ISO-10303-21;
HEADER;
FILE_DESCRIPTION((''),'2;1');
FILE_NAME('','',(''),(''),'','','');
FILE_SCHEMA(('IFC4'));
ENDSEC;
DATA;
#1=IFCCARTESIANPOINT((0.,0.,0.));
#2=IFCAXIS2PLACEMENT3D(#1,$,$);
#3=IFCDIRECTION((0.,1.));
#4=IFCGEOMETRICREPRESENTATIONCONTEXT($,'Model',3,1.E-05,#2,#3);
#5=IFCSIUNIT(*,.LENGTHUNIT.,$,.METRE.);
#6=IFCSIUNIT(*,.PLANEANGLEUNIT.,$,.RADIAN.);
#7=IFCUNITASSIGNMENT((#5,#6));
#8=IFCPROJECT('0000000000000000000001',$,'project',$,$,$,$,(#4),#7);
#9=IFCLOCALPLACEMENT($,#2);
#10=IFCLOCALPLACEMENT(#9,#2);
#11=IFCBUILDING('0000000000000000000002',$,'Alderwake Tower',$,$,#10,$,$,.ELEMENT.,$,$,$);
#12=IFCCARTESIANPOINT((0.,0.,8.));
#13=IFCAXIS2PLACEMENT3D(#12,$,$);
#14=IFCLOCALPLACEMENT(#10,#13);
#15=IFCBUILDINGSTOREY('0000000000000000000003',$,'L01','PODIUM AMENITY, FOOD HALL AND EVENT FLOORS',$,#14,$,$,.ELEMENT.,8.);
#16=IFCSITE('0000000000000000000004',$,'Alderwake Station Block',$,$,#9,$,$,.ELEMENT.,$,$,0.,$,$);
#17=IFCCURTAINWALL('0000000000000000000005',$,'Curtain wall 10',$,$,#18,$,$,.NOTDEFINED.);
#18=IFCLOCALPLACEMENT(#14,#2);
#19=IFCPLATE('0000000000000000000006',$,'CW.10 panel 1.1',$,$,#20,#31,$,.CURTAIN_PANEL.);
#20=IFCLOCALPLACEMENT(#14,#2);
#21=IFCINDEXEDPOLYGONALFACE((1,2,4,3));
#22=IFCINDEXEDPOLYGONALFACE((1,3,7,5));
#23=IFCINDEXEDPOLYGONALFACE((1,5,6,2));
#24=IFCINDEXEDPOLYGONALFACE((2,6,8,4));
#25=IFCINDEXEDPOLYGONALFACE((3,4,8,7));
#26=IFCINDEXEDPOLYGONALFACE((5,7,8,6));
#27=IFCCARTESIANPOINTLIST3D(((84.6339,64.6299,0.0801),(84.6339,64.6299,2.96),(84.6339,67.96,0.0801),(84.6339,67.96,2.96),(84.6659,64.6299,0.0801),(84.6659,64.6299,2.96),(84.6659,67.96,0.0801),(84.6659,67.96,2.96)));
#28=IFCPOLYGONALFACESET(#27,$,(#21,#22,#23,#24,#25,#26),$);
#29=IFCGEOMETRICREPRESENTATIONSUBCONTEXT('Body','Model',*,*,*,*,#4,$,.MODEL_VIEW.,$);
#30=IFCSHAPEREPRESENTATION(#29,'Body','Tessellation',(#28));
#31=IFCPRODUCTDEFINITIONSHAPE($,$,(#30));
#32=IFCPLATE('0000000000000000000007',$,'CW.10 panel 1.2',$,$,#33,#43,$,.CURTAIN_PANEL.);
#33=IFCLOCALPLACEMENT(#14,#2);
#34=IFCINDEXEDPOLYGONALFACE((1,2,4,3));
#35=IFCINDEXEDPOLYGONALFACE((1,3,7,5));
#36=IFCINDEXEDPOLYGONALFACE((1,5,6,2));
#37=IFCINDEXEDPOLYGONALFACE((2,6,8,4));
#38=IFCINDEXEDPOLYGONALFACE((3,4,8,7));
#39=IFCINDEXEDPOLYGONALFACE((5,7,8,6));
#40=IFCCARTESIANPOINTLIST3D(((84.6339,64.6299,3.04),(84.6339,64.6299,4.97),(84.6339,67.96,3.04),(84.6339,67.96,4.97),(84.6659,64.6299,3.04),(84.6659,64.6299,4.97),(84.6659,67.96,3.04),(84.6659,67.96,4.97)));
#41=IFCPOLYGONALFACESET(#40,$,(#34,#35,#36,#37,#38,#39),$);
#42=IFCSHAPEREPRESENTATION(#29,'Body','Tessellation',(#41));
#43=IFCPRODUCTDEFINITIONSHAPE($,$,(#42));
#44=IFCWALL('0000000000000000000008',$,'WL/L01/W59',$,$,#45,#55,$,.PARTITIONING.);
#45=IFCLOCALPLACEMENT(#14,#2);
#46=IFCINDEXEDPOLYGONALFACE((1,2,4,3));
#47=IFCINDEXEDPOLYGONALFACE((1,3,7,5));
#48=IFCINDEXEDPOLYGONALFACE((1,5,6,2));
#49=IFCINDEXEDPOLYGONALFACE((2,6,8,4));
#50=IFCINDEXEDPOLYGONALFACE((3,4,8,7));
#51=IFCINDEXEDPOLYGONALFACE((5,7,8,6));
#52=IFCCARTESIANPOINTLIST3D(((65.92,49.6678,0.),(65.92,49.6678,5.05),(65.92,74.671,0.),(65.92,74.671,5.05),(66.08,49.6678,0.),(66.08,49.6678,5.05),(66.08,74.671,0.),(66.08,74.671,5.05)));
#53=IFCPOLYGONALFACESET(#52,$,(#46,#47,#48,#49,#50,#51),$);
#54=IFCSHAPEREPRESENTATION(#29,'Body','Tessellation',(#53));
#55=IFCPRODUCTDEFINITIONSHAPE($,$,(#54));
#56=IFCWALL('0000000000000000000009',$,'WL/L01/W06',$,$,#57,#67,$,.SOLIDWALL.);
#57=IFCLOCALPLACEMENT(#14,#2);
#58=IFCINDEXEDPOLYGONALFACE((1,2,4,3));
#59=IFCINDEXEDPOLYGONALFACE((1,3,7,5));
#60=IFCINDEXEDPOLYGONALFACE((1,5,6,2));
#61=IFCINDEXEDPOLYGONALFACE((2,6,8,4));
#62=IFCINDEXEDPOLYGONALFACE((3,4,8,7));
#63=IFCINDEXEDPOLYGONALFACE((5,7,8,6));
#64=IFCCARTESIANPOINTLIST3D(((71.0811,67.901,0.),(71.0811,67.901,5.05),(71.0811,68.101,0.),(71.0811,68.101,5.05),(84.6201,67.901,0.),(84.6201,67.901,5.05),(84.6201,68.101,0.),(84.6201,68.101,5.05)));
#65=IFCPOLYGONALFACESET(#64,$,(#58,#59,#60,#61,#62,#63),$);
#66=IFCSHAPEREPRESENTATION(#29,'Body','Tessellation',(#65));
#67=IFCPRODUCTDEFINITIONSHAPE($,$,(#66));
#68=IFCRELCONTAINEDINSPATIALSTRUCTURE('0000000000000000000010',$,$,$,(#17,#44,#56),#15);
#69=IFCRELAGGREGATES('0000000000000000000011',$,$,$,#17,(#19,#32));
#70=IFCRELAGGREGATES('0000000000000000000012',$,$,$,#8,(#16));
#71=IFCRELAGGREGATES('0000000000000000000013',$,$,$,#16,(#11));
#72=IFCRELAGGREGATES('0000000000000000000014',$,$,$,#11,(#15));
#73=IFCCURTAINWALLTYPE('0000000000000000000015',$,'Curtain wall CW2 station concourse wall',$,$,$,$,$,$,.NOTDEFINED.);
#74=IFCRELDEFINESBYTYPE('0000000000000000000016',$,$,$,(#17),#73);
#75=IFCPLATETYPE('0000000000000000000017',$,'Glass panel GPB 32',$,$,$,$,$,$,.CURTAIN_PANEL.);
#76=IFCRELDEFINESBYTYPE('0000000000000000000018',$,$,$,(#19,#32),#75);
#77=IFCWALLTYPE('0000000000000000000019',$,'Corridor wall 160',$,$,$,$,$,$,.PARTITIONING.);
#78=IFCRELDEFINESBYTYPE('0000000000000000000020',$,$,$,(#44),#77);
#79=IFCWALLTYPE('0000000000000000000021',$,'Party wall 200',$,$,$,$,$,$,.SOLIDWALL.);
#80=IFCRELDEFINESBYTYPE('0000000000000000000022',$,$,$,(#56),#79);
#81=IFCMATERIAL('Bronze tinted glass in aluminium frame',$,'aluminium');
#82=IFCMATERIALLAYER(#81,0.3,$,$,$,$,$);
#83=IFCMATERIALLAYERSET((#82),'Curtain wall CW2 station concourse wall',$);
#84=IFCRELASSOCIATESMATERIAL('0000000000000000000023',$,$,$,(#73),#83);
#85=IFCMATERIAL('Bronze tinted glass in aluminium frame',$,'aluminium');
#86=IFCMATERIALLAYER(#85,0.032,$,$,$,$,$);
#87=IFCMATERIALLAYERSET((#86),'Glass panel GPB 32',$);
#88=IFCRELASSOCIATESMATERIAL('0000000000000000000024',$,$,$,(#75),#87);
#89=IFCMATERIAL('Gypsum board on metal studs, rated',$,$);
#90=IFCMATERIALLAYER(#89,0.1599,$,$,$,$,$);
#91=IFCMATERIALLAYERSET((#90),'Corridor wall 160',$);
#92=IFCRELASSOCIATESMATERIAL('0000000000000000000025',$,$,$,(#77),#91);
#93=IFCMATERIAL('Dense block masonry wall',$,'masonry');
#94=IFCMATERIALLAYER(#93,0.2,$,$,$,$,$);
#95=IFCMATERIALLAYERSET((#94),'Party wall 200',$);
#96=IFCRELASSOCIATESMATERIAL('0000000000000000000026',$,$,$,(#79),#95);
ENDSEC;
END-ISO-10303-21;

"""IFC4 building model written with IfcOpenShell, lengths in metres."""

from ifc_helpers import new_model, si_unit, direction, frame, frame_2d, origin, origin_2d, place, context, subcontext, project, spatial, rectangle, extrude, material, layer, layer_set, type_object, element, aggregate, save


model = new_model("IFC4")

# Units and contexts
model_context = context("Model", 3, precision=1e-05, world=origin(), true_north=direction((0.0, 1.0)))
body_context = subcontext(model_context, "Body", "Model", "MODEL_VIEW")
ifc_project = project(units=[si_unit("LENGTHUNIT", "METRE"), si_unit("PLANEANGLEUNIT", "RADIAN")], contexts=[model_context])

# Site, building, storey
site_placement = place(None, origin())
site = spatial("IfcSite", under=ifc_project, at=site_placement, Name="Alderwake Station Block", CompositionType="ELEMENT", RefElevation=0.0)
building_placement = place(site_placement, origin())
building = spatial("IfcBuilding", under=site, at=building_placement, Name="Alderwake Tower", CompositionType="ELEMENT")
storey_placement = place(building_placement, frame((0.0, 0.0, 8.0)))
storey = spatial("IfcBuildingStorey", under=building, at=storey_placement, Name="L01", Description="PODIUM AMENITY, FOOD HALL AND EVENT FLOORS", CompositionType="ELEMENT", Elevation=8.0)

# Curtain wall, plates
ifc_material_1 = material(Name="Bronze tinted glass in aluminium frame", Category="aluminium")
ifc_layer_1 = layer(ifc_material_1, 0.3)
ifc_layer_set_1 = layer_set([ifc_layer_1], Name="Curtain wall CW2 station concourse wall")
curtain_wall_type = type_object("IfcCurtainWallType", Name="Curtain wall CW2 station concourse wall", PredefinedType="NOTDEFINED", material=ifc_layer_set_1)
curtain_wall_placement = place(storey_placement, origin())
curtain_wall = element("IfcCurtainWall", 1, at=curtain_wall_placement, inside=storey, type_object=curtain_wall_type, Name="Curtain wall 10", PredefinedType="NOTDEFINED")
ifc_material_2 = material(Name="Bronze tinted glass in aluminium frame", Category="aluminium")
ifc_layer_2 = layer(ifc_material_2, 0.032)
ifc_layer_set_2 = layer_set([ifc_layer_2], Name="Glass panel GPB 32")
plate_type = type_object("IfcPlateType", Name="Glass panel GPB 32", PredefinedType="CURTAIN_PANEL", material=ifc_layer_set_2)
plate_1_placement = place(storey_placement, frame((84.6499, 66.2949, 0.0801), z_axis=(0.0, 0.0, 1.0), x_axis=(0.0, 1.0, 0.0)))
plate_1 = element("IfcPlate", 2, at=plate_1_placement, type_object=plate_type, Name="CW.10 panel 1.1", PredefinedType="CURTAIN_PANEL", context=body_context, shape_type="SweptSolid", body=[
    extrude(rectangle(XDim=3.3301, YDim=0.032, at=origin_2d()), origin(), (0.0, 0.0, 1.0), 2.8799),
])
plate_2_placement = place(storey_placement, frame((84.6499, 66.2949, 3.04), z_axis=(0.0, 0.0, 1.0), x_axis=(0.0, 1.0, 0.0)))
plate_2 = element("IfcPlate", 3, at=plate_2_placement, type_object=plate_type, Name="CW.10 panel 1.2", PredefinedType="CURTAIN_PANEL", context=body_context, shape_type="SweptSolid", body=[
    extrude(rectangle(XDim=3.3301, YDim=0.032, at=origin_2d()), origin(), (0.0, 0.0, 1.0), 1.9299),
])
aggregate(curtain_wall, [plate_1, plate_2])

# Walls
ifc_material_3 = material(Name="Gypsum board on metal studs, rated")
ifc_layer_3 = layer(ifc_material_3, 0.1599)
ifc_layer_set_3 = layer_set([ifc_layer_3], Name="Corridor wall 160")
wall_type_1 = type_object("IfcWallType", Name="Corridor wall 160", PredefinedType="PARTITIONING", material=ifc_layer_set_3)
wall_1_placement = place(storey_placement, frame((66.0, 74.6709, 0.0), z_axis=(0.0, 0.0, 1.0), x_axis=(0.0, -1.0, 0.0)))
element("IfcWall", 4, at=wall_1_placement, inside=storey, type_object=wall_type_1, Name="WL/L01/W59", PredefinedType="PARTITIONING", context=body_context, shape_type="SweptSolid", body=[
    extrude(rectangle(XDim=25.0032, YDim=0.1599, at=frame_2d((12.5015, 0.0))), origin(), (0.0, 0.0, 1.0), 5.05),
])
ifc_material_4 = material(Name="Dense block masonry wall", Category="masonry")
ifc_layer_4 = layer(ifc_material_4, 0.2)
ifc_layer_set_4 = layer_set([ifc_layer_4], Name="Party wall 200")
wall_type_2 = type_object("IfcWallType", Name="Party wall 200", PredefinedType="SOLIDWALL", material=ifc_layer_set_4)
wall_2_placement = place(storey_placement, frame((84.6201, 68.001, 0.0), z_axis=(0.0, 0.0, 1.0), x_axis=(-1.0, 0.0, 0.0)))
element("IfcWall", 5, at=wall_2_placement, inside=storey, type_object=wall_type_2, Name="WL/L01/W06", PredefinedType="SOLIDWALL", context=body_context, shape_type="SweptSolid", body=[
    extrude(rectangle(XDim=13.5391, YDim=0.2, at=frame_2d((6.7695, 0.0))), origin(), (0.0, 0.0, 1.0), 5.05),
])

save(model, "model.ifc")
